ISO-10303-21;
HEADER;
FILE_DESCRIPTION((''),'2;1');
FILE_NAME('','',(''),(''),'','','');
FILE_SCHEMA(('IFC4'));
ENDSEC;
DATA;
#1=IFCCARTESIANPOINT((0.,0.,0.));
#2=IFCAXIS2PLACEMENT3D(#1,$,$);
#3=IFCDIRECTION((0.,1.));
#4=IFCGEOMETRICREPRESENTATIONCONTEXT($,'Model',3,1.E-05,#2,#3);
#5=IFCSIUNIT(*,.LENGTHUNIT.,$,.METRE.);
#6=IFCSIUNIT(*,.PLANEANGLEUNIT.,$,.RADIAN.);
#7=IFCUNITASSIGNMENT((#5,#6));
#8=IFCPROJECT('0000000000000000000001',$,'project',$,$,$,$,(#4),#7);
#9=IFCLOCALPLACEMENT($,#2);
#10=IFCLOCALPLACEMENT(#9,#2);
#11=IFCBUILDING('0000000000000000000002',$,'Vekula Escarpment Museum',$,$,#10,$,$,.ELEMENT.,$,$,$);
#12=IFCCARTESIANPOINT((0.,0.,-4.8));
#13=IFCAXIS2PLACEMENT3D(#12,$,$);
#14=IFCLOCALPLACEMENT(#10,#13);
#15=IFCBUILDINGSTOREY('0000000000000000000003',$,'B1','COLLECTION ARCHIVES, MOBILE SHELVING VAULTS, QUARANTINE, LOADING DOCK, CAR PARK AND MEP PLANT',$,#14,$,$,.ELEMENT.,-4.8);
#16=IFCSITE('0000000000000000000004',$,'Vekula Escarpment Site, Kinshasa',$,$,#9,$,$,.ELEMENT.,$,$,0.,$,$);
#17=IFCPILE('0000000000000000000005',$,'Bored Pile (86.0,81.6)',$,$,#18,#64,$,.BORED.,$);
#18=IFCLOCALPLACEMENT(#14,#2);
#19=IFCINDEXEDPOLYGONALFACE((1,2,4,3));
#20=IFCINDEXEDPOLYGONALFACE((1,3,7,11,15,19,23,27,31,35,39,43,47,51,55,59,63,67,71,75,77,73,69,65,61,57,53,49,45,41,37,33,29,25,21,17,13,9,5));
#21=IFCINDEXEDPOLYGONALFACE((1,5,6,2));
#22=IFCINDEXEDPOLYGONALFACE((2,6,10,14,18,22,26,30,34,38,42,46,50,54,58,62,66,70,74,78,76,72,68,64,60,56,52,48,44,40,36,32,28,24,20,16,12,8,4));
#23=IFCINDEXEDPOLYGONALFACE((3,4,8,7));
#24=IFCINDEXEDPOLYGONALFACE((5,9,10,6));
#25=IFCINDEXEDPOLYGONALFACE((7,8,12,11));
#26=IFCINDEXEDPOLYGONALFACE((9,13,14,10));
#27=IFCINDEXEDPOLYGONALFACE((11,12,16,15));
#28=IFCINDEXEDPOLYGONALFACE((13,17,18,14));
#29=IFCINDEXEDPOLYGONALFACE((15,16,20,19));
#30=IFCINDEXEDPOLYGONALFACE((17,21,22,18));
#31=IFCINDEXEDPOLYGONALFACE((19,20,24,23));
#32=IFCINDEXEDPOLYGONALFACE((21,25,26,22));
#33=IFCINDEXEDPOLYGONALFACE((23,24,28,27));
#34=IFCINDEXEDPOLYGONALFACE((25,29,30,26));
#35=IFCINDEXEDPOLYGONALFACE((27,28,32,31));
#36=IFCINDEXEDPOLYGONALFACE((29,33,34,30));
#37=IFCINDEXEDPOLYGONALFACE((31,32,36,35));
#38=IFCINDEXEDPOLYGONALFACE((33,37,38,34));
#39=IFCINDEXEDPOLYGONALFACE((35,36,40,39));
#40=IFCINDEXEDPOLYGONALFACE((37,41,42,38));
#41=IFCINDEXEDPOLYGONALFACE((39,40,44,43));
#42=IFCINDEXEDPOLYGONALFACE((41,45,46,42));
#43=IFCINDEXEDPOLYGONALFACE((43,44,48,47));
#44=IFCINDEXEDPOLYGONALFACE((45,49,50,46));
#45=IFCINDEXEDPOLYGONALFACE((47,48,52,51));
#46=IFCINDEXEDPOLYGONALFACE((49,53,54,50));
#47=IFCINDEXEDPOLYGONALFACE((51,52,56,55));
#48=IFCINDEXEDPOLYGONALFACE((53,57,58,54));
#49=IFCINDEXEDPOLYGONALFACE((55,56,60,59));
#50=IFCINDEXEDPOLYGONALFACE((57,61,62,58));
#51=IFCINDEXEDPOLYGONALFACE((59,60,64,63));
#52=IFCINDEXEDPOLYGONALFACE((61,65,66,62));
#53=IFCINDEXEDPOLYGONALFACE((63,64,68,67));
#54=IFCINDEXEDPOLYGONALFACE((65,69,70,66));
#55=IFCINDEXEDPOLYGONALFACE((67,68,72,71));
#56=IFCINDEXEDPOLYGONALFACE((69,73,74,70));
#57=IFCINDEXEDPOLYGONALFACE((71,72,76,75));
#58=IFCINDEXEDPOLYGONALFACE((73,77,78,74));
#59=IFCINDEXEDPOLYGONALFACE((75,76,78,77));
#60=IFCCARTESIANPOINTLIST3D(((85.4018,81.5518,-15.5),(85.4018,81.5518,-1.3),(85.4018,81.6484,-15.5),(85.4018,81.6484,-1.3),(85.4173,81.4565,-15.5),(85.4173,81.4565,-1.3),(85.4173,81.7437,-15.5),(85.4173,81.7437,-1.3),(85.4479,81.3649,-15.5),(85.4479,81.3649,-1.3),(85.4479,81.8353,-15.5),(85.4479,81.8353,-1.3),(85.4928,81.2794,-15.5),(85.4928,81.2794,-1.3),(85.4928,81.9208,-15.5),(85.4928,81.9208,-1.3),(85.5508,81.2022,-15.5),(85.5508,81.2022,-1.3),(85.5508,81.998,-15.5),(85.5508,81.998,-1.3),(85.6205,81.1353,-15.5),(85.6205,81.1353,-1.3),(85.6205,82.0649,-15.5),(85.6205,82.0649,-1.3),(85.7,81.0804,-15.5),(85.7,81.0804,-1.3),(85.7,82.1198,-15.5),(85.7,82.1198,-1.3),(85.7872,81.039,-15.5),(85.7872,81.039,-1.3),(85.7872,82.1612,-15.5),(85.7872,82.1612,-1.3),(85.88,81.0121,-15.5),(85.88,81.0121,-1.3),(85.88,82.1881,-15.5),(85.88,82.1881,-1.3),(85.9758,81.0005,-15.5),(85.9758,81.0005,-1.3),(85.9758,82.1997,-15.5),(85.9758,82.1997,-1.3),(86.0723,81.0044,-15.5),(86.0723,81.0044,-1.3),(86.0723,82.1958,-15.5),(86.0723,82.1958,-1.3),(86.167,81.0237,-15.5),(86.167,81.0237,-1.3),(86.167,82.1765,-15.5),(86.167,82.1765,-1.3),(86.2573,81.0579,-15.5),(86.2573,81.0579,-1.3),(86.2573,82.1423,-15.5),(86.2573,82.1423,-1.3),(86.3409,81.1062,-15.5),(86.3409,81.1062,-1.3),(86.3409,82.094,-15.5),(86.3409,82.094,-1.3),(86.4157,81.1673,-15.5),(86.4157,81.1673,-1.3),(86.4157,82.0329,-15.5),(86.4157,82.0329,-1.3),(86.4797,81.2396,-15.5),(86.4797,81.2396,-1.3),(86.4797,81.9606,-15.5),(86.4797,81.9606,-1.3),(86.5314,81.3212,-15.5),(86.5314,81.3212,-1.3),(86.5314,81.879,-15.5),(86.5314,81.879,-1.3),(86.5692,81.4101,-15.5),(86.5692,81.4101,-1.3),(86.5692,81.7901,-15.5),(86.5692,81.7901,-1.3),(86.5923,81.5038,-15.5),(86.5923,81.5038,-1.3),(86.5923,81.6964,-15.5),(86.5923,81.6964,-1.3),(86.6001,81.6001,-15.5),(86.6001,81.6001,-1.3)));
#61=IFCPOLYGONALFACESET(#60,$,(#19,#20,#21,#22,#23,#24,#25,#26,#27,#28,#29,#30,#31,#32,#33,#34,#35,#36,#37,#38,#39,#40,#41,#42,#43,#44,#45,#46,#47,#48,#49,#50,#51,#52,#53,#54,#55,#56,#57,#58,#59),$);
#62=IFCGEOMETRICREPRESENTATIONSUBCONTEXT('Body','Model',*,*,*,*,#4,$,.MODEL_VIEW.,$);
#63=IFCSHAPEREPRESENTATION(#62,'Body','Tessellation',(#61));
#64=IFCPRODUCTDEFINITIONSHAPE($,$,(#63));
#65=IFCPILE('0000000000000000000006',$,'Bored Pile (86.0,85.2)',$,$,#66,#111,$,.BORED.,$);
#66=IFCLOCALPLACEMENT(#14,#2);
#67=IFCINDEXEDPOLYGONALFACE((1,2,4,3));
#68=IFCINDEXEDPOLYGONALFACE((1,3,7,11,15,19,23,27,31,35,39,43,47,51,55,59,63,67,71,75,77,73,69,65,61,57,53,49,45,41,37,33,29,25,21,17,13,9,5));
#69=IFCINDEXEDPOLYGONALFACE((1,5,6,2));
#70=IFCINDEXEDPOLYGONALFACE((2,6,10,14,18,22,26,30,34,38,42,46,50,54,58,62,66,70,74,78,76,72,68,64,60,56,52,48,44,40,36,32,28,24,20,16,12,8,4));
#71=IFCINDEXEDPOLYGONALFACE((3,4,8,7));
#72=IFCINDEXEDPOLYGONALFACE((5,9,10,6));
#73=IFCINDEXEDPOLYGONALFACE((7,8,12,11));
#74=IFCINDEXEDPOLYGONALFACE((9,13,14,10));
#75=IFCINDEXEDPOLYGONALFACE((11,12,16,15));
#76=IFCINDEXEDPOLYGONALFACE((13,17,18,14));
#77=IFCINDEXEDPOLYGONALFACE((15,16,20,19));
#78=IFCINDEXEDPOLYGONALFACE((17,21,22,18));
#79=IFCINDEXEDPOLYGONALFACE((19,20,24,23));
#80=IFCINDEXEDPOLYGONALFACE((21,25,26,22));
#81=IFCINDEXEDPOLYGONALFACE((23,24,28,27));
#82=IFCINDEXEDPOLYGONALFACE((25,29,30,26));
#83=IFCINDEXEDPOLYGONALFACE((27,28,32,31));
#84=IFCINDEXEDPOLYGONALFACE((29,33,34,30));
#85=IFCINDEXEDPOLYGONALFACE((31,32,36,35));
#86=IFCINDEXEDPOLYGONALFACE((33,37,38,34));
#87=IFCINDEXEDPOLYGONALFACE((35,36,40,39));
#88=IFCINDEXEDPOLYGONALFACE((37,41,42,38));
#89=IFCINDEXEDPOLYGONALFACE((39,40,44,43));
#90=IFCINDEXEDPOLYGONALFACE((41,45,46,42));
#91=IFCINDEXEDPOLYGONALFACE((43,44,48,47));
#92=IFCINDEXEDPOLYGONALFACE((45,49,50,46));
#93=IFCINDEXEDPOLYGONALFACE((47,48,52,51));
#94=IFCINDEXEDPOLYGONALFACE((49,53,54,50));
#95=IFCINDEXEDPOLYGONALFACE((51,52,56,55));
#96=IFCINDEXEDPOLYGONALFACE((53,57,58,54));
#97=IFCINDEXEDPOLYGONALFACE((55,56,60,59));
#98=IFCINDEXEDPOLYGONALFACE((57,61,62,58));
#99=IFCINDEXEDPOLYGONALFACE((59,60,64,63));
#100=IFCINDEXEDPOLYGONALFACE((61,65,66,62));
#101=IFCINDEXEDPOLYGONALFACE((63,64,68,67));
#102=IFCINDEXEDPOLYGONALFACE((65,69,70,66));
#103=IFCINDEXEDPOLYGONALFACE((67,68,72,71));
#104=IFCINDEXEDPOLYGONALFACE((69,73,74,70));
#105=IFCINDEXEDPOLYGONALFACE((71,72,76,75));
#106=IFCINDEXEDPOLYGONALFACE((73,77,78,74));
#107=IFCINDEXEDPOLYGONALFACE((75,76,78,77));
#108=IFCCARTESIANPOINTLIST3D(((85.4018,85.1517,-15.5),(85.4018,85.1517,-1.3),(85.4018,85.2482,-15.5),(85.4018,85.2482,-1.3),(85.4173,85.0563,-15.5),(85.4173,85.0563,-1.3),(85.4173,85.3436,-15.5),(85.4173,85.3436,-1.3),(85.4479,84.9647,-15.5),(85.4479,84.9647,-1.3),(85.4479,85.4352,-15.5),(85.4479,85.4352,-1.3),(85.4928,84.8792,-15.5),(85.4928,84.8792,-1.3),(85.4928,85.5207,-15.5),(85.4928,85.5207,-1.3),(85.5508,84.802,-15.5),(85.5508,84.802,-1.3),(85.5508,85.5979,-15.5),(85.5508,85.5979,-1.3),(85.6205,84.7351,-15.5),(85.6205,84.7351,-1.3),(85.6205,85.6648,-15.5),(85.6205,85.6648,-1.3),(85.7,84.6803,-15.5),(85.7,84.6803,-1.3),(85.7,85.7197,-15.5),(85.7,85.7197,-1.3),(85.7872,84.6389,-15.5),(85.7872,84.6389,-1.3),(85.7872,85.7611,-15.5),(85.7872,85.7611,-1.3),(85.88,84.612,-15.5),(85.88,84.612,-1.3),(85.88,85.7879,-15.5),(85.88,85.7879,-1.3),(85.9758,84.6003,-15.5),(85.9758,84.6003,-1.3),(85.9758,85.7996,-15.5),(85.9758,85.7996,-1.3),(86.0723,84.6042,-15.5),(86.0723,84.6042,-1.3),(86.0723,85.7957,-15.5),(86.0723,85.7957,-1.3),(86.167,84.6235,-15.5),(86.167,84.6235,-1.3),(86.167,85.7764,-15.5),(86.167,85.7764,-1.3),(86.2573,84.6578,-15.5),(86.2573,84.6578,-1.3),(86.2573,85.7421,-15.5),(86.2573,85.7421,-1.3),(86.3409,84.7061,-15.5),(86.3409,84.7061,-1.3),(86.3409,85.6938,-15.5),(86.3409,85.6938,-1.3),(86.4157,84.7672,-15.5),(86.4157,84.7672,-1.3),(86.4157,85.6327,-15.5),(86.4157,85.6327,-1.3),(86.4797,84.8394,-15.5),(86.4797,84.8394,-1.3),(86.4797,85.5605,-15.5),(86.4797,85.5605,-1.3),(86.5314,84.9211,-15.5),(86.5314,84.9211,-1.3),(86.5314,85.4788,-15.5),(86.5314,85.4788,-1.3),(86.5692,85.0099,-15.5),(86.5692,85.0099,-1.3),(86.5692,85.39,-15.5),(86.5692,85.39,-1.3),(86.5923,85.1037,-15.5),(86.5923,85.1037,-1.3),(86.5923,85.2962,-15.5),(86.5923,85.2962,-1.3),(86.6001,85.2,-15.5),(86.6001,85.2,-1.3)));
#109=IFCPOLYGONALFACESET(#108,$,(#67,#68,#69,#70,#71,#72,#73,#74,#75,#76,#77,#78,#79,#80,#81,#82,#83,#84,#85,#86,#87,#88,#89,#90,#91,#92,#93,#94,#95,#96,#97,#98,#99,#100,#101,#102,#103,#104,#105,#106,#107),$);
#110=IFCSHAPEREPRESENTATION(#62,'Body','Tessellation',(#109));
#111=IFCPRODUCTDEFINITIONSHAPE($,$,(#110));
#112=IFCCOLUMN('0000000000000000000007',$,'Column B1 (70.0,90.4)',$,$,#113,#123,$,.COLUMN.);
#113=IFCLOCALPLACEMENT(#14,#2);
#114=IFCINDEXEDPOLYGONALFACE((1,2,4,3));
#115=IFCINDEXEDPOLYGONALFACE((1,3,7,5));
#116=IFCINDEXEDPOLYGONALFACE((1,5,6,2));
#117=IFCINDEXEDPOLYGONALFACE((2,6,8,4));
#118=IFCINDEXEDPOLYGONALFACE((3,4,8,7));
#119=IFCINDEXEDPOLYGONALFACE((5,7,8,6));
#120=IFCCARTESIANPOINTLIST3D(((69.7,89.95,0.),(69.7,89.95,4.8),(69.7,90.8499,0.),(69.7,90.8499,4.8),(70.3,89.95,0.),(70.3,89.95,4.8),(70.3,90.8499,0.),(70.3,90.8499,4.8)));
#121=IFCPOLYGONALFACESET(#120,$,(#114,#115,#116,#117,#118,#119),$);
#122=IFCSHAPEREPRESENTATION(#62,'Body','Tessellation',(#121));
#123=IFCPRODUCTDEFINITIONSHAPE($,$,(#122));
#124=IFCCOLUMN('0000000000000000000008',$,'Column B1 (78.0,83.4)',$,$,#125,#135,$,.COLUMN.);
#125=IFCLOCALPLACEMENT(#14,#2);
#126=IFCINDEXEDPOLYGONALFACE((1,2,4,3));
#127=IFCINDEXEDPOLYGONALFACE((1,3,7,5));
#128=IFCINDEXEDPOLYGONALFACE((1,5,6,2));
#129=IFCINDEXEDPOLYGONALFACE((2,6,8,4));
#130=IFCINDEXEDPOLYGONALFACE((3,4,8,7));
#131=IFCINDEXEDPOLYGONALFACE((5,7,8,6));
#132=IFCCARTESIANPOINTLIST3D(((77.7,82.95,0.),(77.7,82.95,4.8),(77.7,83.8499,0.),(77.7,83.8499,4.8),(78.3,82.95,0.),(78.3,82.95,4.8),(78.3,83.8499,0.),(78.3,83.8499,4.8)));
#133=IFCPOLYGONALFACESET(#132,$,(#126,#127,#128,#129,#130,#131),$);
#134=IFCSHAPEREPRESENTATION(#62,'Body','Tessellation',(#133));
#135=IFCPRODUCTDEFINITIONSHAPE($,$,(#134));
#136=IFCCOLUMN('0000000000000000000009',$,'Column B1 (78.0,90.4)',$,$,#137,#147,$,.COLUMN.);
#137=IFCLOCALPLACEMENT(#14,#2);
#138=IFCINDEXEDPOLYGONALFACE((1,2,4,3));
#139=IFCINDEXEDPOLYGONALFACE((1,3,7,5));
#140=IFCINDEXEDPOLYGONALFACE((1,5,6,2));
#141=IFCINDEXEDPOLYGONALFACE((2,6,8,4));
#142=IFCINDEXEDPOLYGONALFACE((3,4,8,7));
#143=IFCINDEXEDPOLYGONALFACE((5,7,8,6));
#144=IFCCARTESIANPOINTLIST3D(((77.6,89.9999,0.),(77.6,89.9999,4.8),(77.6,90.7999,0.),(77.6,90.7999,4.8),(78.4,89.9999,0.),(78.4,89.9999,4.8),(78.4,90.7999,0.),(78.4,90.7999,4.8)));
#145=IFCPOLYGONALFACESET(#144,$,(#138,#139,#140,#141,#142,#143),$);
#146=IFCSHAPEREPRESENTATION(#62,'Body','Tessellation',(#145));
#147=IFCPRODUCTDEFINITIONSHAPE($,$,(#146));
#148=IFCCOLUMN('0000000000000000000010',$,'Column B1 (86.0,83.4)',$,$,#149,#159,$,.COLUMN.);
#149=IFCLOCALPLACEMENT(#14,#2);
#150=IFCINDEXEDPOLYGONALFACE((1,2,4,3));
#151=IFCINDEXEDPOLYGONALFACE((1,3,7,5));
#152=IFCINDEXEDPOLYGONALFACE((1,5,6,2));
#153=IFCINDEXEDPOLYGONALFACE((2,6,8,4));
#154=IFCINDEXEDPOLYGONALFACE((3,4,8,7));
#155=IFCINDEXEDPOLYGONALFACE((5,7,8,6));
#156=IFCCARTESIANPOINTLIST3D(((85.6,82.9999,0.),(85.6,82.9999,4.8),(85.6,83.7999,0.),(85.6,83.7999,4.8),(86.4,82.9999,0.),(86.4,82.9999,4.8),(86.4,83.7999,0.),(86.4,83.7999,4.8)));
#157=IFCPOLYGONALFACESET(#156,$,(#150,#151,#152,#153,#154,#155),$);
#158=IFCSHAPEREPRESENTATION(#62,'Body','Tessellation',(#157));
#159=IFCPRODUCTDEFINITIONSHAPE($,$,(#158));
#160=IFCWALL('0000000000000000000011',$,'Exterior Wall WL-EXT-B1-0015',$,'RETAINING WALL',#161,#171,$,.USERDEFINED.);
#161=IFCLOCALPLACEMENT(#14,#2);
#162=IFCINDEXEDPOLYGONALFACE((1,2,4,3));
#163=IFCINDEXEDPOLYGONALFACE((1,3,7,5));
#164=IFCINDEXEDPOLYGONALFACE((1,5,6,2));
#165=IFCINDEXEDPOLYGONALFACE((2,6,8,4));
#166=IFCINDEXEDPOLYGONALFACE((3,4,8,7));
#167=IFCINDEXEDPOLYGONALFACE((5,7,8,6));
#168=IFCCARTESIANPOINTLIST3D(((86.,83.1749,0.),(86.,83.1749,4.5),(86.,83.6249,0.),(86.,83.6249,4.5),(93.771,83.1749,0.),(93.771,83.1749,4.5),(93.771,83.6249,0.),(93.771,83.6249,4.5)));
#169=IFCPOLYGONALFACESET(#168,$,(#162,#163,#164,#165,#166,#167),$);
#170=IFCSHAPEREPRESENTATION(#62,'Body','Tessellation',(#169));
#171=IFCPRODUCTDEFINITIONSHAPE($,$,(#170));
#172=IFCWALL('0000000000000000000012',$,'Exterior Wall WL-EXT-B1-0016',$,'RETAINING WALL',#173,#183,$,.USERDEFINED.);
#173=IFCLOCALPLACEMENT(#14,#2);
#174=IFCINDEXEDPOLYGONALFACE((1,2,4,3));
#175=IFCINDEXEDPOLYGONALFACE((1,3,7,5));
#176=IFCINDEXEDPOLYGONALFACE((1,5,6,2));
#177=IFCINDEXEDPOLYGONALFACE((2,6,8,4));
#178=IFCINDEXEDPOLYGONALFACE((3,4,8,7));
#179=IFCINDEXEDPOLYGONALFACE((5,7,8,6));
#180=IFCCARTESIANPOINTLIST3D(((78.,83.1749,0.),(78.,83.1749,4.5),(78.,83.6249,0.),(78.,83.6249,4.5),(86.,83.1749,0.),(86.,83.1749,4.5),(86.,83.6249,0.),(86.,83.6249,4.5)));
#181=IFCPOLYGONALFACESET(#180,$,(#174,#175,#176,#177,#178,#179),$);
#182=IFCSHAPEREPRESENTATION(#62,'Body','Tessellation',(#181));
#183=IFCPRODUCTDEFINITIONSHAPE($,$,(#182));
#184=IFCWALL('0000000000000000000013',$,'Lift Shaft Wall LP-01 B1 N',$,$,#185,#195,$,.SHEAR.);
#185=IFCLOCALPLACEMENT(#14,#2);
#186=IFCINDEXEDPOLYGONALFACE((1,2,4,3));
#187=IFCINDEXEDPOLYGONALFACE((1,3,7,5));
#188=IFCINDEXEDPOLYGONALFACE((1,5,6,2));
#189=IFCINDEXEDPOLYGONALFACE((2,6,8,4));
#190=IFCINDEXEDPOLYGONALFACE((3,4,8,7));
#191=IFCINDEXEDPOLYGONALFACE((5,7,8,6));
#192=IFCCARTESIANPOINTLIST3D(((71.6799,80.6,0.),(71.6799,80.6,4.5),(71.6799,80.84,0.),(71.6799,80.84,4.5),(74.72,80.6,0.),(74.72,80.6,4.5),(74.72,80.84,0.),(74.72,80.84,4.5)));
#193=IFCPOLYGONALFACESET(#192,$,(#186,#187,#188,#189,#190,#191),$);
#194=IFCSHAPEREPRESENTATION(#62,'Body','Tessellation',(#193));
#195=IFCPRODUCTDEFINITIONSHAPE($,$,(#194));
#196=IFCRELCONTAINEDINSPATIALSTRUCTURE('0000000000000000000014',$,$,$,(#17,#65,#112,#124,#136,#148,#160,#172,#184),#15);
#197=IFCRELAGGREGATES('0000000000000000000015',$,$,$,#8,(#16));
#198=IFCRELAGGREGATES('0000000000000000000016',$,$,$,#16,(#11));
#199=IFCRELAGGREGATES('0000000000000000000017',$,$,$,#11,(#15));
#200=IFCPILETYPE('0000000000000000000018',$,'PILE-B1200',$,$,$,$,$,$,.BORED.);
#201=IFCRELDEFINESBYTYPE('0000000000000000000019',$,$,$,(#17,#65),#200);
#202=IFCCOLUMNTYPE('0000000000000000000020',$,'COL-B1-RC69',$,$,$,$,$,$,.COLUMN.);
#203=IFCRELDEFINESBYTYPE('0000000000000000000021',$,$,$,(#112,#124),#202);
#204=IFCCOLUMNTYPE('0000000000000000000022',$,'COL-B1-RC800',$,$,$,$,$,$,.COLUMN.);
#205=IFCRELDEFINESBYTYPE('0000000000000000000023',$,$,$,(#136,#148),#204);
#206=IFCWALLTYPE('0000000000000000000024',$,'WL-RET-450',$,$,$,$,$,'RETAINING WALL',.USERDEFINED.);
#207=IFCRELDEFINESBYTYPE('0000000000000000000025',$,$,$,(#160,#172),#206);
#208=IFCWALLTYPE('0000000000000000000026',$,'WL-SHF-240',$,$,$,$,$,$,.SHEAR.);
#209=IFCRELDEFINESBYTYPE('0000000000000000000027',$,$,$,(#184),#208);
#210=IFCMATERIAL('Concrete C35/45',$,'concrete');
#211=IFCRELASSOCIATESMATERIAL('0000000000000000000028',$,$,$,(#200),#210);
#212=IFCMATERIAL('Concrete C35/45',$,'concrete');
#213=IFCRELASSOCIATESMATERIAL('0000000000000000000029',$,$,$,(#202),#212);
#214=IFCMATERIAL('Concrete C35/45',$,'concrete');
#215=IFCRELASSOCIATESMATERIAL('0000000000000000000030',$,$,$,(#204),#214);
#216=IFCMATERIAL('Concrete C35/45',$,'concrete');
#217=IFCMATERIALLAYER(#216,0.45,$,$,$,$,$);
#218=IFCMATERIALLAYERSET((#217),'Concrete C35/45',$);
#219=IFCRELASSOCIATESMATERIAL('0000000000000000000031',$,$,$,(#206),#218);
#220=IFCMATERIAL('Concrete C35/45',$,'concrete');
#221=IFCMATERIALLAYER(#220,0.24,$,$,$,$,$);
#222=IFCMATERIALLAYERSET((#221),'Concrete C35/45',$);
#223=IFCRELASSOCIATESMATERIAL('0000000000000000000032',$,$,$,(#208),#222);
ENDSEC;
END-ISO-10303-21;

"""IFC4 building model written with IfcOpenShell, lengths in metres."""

from ifc_helpers import new_model, si_unit, direction, frame, frame_2d, origin, origin_2d, place, context, subcontext, project, spatial, rectangle, circle, extrude, material, layer, layer_set, material_profile, profile_set, type_object, element, save


model = new_model("IFC4")

# Units and contexts
model_context = context("Model", 3, precision=1e-05, world=origin(), true_north=direction((0.0, 1.0)))
body_context = subcontext(model_context, "Body", "Model", "MODEL_VIEW")
ifc_project = project(units=[si_unit("LENGTHUNIT", "METRE"), si_unit("PLANEANGLEUNIT", "RADIAN")], contexts=[model_context])

# Site, building, storey
site_placement = place(None, origin())
site = spatial("IfcSite", under=ifc_project, at=site_placement, Name="Vekula Escarpment Site, Kinshasa", CompositionType="ELEMENT", RefElevation=0.0)
building_placement = place(site_placement, origin())
building = spatial("IfcBuilding", under=site, at=building_placement, Name="Vekula Escarpment Museum", CompositionType="ELEMENT")
storey_placement = place(building_placement, frame((0.0, 0.0, -4.8)))
storey = spatial("IfcBuildingStorey", under=building, at=storey_placement, Name="B1", Description="COLLECTION ARCHIVES, MOBILE SHELVING VAULTS, QUARANTINE, LOADING DOCK, CAR PARK AND MEP PLANT", CompositionType="ELEMENT", Elevation=-4.8)

# Piles
ifc_material_1 = material(Name="Concrete C35/45", Category="concrete")
ifc_material_profile_1 = material_profile(ifc_material_1, circle(Radius=0.6001, at=origin_2d()), Name="BORED PILE 1200")
ifc_profile_set_1 = profile_set([ifc_material_profile_1], Name="Concrete C35/45")
pile_type = type_object("IfcPileType", Name="PILE-B1200", PredefinedType="BORED", material=ifc_profile_set_1)
for number, where, z_axis, x_axis, name in (
    (1, (86.0, 81.6001, -1.3), (0.0, 0.0, -1.0), (1.0, 0.0, 0.0), "Bored Pile (86.0,81.6)"),
    (2, (86.0, 85.2, -1.3), (0.0, 0.0, -1.0), (1.0, 0.0, 0.0), "Bored Pile (86.0,85.2)"),
):
    element("IfcPile", number, at=place(storey_placement, frame(where, z_axis=z_axis, x_axis=x_axis)), inside=storey, type_object=pile_type, Name=name, PredefinedType="BORED", context=body_context, shape_type="SweptSolid", body=[
        extrude(circle(Radius=0.6001, at=origin_2d()), origin(), (0.0, 0.0, 1.0), 14.2),
    ])

# Columns
ifc_material_2 = material(Name="Concrete C35/45", Category="concrete")
ifc_material_profile_2 = material_profile(ifc_material_2, rectangle(XDim=0.6001, YDim=0.8999, at=origin_2d()), Name="RC 600x900")
ifc_profile_set_2 = profile_set([ifc_material_profile_2], Name="Concrete C35/45")
column_type_1 = type_object("IfcColumnType", Name="COL-B1-RC69", PredefinedType="COLUMN", material=ifc_profile_set_2)
for number, where, z_axis, x_axis, name in (
    (3, (70.0, 90.3999, 0.0), (0.0, 0.0, 1.0), (1.0, 0.0, 0.0), "Column B1 (70.0,90.4)"),
    (4, (78.0, 83.3999, 0.0), (0.0, 0.0, 1.0), (1.0, 0.0, 0.0), "Column B1 (78.0,83.4)"),
):
    element("IfcColumn", number, at=place(storey_placement, frame(where, z_axis=z_axis, x_axis=x_axis)), inside=storey, type_object=column_type_1, Name=name, PredefinedType="COLUMN", context=body_context, shape_type="SweptSolid", body=[
        extrude(rectangle(XDim=0.6001, YDim=0.8999, at=origin_2d()), origin(), (0.0, 0.0, 1.0), 4.8),
    ])
ifc_material_3 = material(Name="Concrete C35/45", Category="concrete")
ifc_material_profile_3 = material_profile(ifc_material_3, rectangle(XDim=0.8, YDim=0.8, at=origin_2d()), Name="RC 800x800")
ifc_profile_set_3 = profile_set([ifc_material_profile_3], Name="Concrete C35/45")
column_type_2 = type_object("IfcColumnType", Name="COL-B1-RC800", PredefinedType="COLUMN", material=ifc_profile_set_3)
for number, where, z_axis, x_axis, name in (
    (5, (78.0, 90.3999, 0.0), (0.0, 0.0, 1.0), (1.0, 0.0, 0.0), "Column B1 (78.0,90.4)"),
    (6, (86.0, 83.3999, 0.0), (0.0, 0.0, 1.0), (1.0, 0.0, 0.0), "Column B1 (86.0,83.4)"),
):
    element("IfcColumn", number, at=place(storey_placement, frame(where, z_axis=z_axis, x_axis=x_axis)), inside=storey, type_object=column_type_2, Name=name, PredefinedType="COLUMN", context=body_context, shape_type="SweptSolid", body=[
        extrude(rectangle(XDim=0.8, YDim=0.8, at=origin_2d()), origin(), (0.0, 0.0, 1.0), 4.8),
    ])

# Walls
ifc_material_4 = material(Name="Concrete C35/45", Category="concrete")
ifc_layer_1 = layer(ifc_material_4, 0.45)
ifc_layer_set_1 = layer_set([ifc_layer_1], Name="Concrete C35/45")
wall_type_1 = type_object("IfcWallType", Name="WL-RET-450", ElementType="RETAINING WALL", PredefinedType="USERDEFINED", material=ifc_layer_set_1)
wall_1_placement = place(storey_placement, frame((86.0, 83.3999, 0.0), z_axis=(0.0, 0.0, 1.0), x_axis=(1.0, 0.0, 0.0)))
element("IfcWall", 7, at=wall_1_placement, inside=storey, type_object=wall_type_1, Name="Exterior Wall WL-EXT-B1-0015", ObjectType="RETAINING WALL", PredefinedType="USERDEFINED", context=body_context, shape_type="SweptSolid", body=[
    extrude(rectangle(XDim=7.771, YDim=0.45, at=frame_2d((3.8855, 0.0))), origin(), (0.0, 0.0, 1.0), 4.5),
])
wall_2_placement = place(storey_placement, frame((78.0, 83.3999, 0.0), z_axis=(0.0, 0.0, 1.0), x_axis=(1.0, 0.0, 0.0)))
element("IfcWall", 8, at=wall_2_placement, inside=storey, type_object=wall_type_1, Name="Exterior Wall WL-EXT-B1-0016", ObjectType="RETAINING WALL", PredefinedType="USERDEFINED", context=body_context, shape_type="SweptSolid", body=[
    extrude(rectangle(XDim=8.0, YDim=0.45, at=frame_2d((4.0, 0.0))), origin(), (0.0, 0.0, 1.0), 4.5),
])
ifc_material_5 = material(Name="Concrete C35/45", Category="concrete")
ifc_layer_2 = layer(ifc_material_5, 0.24)
ifc_layer_set_2 = layer_set([ifc_layer_2], Name="Concrete C35/45")
wall_type_2 = type_object("IfcWallType", Name="WL-SHF-240", PredefinedType="SHEAR", material=ifc_layer_set_2)
for number, where, z_axis, x_axis, name in (
    (9, (71.6799, 80.72, 0.0), (0.0, 0.0, 1.0), (1.0, 0.0, 0.0), "Lift Shaft Wall LP-01 B1 N"),
):
    element("IfcWall", number, at=place(storey_placement, frame(where, z_axis=z_axis, x_axis=x_axis)), inside=storey, type_object=wall_type_2, Name=name, PredefinedType="SHEAR", context=body_context, shape_type="SweptSolid", body=[
        extrude(rectangle(XDim=3.04, YDim=0.24, at=frame_2d((1.52, 0.0))), origin(), (0.0, 0.0, 1.0), 4.5),
    ])

save(model, "model.ifc")
